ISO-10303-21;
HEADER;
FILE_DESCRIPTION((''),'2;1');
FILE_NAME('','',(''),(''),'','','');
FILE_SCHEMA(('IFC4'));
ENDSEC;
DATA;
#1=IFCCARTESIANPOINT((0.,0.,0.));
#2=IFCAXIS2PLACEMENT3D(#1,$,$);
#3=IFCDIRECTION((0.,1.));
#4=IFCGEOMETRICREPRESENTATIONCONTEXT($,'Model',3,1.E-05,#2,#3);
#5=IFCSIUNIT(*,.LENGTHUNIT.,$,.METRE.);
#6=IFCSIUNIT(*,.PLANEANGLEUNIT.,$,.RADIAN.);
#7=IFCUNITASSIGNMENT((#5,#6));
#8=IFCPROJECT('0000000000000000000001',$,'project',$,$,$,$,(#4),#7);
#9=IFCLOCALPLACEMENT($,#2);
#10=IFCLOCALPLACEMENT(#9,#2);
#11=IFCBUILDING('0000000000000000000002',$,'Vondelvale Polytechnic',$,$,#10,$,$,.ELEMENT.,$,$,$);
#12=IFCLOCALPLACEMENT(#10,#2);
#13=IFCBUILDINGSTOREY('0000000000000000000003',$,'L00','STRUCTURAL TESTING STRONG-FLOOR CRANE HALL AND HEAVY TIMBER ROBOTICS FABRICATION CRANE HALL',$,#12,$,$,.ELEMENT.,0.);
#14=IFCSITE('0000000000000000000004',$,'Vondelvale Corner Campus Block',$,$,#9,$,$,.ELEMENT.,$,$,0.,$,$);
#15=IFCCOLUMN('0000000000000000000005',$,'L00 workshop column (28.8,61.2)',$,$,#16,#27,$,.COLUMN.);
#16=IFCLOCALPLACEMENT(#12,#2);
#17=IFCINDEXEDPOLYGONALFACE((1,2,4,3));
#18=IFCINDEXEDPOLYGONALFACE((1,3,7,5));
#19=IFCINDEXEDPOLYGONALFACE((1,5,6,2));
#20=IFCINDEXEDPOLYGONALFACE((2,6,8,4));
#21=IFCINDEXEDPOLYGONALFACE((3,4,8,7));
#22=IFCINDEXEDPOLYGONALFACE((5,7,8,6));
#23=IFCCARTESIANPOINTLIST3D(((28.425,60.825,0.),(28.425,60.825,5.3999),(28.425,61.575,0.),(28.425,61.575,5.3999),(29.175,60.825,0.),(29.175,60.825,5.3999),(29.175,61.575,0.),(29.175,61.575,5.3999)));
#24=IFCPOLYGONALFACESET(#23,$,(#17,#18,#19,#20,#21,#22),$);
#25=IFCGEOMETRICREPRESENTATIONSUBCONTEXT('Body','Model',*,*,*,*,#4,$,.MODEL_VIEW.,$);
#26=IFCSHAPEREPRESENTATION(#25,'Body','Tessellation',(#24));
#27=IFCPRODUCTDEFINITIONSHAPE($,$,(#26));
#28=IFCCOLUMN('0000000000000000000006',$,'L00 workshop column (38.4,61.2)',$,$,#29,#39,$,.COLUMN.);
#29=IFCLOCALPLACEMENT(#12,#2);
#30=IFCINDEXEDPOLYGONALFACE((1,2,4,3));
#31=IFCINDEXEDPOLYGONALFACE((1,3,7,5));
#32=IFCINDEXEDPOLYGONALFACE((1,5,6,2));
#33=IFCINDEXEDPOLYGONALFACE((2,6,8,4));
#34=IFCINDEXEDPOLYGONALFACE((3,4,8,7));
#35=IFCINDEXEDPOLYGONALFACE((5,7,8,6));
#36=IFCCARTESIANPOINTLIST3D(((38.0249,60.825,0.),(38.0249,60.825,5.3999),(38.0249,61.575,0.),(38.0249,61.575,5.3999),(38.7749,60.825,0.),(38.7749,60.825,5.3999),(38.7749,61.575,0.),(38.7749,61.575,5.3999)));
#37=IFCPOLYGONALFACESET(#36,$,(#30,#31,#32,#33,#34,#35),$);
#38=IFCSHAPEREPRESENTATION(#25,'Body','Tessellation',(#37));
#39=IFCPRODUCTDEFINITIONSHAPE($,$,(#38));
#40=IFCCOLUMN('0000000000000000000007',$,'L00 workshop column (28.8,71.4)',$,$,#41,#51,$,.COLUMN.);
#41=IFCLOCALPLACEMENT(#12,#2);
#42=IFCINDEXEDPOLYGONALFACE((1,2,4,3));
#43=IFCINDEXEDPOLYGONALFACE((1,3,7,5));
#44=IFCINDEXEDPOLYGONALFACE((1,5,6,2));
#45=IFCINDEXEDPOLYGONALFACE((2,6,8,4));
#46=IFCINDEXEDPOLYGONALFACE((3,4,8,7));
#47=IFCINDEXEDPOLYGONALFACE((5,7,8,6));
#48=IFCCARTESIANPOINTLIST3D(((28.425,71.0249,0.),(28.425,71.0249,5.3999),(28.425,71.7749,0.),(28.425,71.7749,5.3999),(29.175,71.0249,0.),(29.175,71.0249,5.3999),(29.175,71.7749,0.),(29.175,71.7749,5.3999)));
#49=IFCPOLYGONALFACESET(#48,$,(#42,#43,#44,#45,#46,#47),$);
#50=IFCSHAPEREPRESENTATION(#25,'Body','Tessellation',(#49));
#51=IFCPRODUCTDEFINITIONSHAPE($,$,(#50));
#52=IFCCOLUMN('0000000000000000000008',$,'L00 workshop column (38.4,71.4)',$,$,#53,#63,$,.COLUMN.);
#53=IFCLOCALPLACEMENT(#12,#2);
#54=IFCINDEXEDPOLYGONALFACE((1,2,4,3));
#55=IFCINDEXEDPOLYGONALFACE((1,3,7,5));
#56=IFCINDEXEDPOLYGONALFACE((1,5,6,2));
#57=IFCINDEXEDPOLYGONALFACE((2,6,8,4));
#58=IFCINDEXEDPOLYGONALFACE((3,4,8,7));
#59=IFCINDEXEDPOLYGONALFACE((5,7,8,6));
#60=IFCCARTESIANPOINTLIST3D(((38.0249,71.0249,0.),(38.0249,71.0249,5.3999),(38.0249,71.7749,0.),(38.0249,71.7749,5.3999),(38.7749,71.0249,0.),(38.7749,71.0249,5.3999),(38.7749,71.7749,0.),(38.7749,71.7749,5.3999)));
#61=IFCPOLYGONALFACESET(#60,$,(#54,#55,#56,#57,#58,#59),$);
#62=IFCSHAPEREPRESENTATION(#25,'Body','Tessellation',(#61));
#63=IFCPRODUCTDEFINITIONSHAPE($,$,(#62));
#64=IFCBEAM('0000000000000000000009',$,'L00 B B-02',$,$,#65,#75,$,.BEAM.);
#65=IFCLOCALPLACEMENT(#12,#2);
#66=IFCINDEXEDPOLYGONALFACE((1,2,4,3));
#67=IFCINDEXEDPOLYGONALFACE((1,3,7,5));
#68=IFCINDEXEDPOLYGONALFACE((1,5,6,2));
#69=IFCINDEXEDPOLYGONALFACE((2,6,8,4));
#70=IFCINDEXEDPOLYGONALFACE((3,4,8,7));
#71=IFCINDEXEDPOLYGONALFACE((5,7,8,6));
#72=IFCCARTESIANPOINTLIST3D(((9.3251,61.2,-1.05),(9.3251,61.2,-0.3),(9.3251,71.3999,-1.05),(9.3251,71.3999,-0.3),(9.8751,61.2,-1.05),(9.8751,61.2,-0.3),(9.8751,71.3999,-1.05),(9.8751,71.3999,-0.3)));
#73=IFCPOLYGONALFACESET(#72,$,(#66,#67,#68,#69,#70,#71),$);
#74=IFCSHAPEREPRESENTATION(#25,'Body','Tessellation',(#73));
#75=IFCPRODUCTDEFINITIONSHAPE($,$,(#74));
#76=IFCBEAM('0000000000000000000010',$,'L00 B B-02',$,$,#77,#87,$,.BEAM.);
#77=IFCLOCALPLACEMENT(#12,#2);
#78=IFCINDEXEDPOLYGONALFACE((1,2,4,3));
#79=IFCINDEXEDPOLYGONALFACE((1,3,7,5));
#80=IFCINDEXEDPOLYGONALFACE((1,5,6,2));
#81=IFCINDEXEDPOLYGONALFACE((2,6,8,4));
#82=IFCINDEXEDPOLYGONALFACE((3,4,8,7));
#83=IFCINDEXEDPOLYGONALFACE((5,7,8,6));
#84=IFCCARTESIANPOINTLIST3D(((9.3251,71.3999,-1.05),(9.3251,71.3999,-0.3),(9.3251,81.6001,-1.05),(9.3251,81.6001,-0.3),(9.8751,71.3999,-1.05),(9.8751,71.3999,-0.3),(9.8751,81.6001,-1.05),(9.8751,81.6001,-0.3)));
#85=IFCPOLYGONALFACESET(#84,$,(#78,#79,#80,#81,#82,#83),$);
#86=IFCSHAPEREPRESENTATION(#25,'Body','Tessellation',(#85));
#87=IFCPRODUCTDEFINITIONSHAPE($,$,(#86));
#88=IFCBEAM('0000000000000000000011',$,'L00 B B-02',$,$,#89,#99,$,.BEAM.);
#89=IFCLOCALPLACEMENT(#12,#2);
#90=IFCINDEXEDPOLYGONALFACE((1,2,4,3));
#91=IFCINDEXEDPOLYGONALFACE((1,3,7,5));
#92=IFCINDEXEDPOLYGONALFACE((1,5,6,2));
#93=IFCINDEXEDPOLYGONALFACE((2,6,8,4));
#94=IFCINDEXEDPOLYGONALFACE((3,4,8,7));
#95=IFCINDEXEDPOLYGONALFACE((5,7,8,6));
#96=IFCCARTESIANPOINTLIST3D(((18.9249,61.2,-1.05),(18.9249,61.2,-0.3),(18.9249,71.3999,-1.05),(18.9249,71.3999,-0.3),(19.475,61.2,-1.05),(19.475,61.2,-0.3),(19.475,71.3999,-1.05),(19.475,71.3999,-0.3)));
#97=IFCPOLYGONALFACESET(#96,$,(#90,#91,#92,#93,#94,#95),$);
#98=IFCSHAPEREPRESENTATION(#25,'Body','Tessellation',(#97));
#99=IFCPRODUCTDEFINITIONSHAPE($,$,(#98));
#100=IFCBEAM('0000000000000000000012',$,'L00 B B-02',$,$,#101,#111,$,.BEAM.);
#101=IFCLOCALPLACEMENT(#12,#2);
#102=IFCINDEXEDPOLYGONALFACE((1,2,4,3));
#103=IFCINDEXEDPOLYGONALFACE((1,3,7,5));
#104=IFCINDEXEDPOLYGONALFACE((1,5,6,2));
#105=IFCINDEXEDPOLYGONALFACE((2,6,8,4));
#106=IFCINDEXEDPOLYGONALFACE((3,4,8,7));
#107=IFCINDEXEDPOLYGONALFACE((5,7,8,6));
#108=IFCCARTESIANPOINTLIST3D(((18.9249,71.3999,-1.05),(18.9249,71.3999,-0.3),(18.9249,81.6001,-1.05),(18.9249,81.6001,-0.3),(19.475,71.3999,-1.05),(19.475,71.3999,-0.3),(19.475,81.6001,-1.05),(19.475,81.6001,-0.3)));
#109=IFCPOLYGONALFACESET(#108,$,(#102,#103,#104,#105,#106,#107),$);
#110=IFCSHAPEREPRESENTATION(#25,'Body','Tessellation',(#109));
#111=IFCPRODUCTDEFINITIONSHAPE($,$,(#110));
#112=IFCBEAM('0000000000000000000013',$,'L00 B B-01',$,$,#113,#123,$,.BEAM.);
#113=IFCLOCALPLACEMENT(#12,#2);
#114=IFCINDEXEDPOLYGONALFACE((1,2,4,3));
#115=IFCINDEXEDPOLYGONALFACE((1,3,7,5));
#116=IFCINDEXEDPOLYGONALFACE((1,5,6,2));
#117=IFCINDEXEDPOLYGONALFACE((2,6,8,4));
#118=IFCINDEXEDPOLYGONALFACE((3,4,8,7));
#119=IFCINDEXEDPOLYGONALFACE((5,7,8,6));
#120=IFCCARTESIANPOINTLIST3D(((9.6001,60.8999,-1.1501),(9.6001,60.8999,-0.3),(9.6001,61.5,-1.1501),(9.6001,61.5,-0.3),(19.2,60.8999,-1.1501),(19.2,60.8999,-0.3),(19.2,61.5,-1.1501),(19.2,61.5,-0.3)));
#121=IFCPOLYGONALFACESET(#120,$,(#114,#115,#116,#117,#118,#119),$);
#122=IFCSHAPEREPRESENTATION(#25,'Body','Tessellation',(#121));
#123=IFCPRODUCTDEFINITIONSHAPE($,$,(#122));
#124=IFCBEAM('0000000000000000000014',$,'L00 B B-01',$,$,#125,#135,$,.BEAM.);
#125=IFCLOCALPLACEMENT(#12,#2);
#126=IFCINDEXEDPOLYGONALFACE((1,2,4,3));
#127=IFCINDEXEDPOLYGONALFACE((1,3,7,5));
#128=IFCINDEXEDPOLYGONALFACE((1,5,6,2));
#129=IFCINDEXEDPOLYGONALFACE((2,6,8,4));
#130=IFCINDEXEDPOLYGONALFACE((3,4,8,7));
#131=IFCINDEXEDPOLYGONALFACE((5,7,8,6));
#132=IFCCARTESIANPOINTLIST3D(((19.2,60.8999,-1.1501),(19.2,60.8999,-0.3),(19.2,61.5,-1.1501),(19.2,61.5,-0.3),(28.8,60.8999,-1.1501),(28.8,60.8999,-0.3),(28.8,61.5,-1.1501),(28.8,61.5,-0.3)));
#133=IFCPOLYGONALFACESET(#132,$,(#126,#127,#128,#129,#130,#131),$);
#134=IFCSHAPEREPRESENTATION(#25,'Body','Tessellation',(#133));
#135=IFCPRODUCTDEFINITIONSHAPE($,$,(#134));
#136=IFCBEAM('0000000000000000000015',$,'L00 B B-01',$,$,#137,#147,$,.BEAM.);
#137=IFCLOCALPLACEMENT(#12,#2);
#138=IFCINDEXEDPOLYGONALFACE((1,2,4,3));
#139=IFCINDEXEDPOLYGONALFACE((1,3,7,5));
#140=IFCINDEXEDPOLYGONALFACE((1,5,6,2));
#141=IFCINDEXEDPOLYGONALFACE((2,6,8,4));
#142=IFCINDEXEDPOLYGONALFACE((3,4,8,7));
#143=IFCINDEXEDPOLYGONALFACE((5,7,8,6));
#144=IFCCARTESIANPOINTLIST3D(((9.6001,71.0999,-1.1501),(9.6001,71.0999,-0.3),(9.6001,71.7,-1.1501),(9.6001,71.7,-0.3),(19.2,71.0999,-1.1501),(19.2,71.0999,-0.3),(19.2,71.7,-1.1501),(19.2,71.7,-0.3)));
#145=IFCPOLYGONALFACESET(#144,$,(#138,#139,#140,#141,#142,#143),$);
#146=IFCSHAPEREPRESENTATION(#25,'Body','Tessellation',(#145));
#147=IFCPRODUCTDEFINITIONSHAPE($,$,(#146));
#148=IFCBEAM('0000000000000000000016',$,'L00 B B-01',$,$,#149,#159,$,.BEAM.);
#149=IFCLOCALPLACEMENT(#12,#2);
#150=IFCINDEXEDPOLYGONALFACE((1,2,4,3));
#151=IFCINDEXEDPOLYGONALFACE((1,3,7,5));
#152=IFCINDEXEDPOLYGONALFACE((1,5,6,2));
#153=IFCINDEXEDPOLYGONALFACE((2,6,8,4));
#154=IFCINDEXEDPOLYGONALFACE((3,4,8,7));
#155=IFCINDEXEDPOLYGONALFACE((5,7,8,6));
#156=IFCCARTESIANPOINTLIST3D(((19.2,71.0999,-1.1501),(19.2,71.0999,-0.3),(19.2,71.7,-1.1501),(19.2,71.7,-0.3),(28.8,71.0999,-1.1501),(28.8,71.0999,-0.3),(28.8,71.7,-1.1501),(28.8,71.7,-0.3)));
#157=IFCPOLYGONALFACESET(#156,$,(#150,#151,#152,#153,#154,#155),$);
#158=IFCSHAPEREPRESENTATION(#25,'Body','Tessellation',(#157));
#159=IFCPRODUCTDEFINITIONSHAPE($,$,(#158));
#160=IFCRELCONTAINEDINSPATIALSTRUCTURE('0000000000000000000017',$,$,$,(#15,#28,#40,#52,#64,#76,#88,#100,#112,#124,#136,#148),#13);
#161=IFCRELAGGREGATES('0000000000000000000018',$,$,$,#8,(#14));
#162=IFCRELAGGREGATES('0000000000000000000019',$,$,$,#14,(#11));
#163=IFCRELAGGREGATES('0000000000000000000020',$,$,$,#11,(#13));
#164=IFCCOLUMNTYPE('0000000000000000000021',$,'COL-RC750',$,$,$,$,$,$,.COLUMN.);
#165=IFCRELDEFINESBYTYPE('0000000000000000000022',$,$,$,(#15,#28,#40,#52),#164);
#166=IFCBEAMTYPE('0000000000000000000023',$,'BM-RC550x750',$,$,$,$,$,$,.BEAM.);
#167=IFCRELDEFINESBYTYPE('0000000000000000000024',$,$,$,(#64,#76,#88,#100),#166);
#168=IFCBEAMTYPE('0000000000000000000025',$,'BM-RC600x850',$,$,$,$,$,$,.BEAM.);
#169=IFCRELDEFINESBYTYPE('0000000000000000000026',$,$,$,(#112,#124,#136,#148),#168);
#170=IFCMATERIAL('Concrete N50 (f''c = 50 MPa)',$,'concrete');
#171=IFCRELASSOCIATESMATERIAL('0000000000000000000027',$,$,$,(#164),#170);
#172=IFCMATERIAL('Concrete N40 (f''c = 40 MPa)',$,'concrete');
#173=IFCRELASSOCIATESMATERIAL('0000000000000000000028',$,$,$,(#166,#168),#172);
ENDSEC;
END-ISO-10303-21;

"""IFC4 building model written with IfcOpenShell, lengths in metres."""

from ifc_helpers import new_model, si_unit, direction, frame, origin, origin_2d, place, context, subcontext, project, spatial, rectangle, extrude, material, material_profile, profile_set, type_object, element, save


model = new_model("IFC4")

# Units and contexts
model_context = context("Model", 3, precision=1e-05, world=origin(), true_north=direction((0.0, 1.0)))
body_context = subcontext(model_context, "Body", "Model", "MODEL_VIEW")
ifc_project = project(units=[si_unit("LENGTHUNIT", "METRE"), si_unit("PLANEANGLEUNIT", "RADIAN")], contexts=[model_context])

# Site, building, storey
site_placement = place(None, origin())
site = spatial("IfcSite", under=ifc_project, at=site_placement, Name="Vondelvale Corner Campus Block", CompositionType="ELEMENT", RefElevation=0.0)
building_placement = place(site_placement, origin())
building = spatial("IfcBuilding", under=site, at=building_placement, Name="Vondelvale Polytechnic", CompositionType="ELEMENT")
storey_placement = place(building_placement, origin())
storey = spatial("IfcBuildingStorey", under=building, at=storey_placement, Name="L00", Description="STRUCTURAL TESTING STRONG-FLOOR CRANE HALL AND HEAVY TIMBER ROBOTICS FABRICATION CRANE HALL", CompositionType="ELEMENT", Elevation=0.0)

# Columns
ifc_material_1 = material(Name="Concrete N50 (f'c = 50 MPa)", Category="concrete")
ifc_material_profile_1 = material_profile(ifc_material_1, rectangle(XDim=0.75, YDim=0.75, at=origin_2d()), Name="RC-COL-750x750")
ifc_profile_set_1 = profile_set([ifc_material_profile_1], Name="Concrete N50 (f'c = 50 MPa)")
column_type = type_object("IfcColumnType", Name="COL-RC750", PredefinedType="COLUMN", material=ifc_profile_set_1)
for number, where, z_axis, x_axis, name in (
    (1, (28.8, 61.2, 0.0), (0.0, 0.0, 1.0), (1.0, 0.0, 0.0), "L00 workshop column (28.8,61.2)"),
    (2, (38.3999, 61.2, 0.0), (0.0, 0.0, 1.0), (1.0, 0.0, 0.0), "L00 workshop column (38.4,61.2)"),
    (3, (28.8, 71.3999, 0.0), (0.0, 0.0, 1.0), (1.0, 0.0, 0.0), "L00 workshop column (28.8,71.4)"),
    (4, (38.3999, 71.3999, 0.0), (0.0, 0.0, 1.0), (1.0, 0.0, 0.0), "L00 workshop column (38.4,71.4)"),
):
    element("IfcColumn", number, at=place(storey_placement, frame(where, z_axis=z_axis, x_axis=x_axis)), inside=storey, type_object=column_type, Name=name, PredefinedType="COLUMN", context=body_context, shape_type="SweptSolid", body=[
        extrude(rectangle(XDim=0.75, YDim=0.75, at=origin_2d()), origin(), (0.0, 0.0, 1.0), 5.3999),
    ])

# Beams
ifc_material_2 = material(Name="Concrete N40 (f'c = 40 MPa)", Category="concrete")
ifc_material_profile_2 = material_profile(ifc_material_2, rectangle(XDim=0.55, YDim=0.75, at=origin_2d()), Name="RC-BM-550x750")
ifc_profile_set_2 = profile_set([ifc_material_profile_2], Name="Concrete N40 (f'c = 40 MPa)")
beam_type_1 = type_object("IfcBeamType", Name="BM-RC550x750", PredefinedType="BEAM", material=ifc_profile_set_2)
beam_1_placement = place(storey_placement, frame((9.6001, 61.2, -0.675), z_axis=(0.0, 1.0, 0.0), x_axis=(-1.0, 0.0, 0.0)))
element("IfcBeam", 5, at=beam_1_placement, inside=storey, type_object=beam_type_1, Name="L00 B B-02", PredefinedType="BEAM", context=body_context, shape_type="SweptSolid", body=[
    extrude(rectangle(XDim=0.55, YDim=0.75, at=origin_2d()), origin(), (0.0, 0.0, 1.0), 10.2),
])
beam_2_placement = place(storey_placement, frame((9.6001, 71.3999, -0.675), z_axis=(0.0, 1.0, 0.0), x_axis=(-1.0, 0.0, 0.0)))
element("IfcBeam", 6, at=beam_2_placement, inside=storey, type_object=beam_type_1, Name="L00 B B-02", PredefinedType="BEAM", context=body_context, shape_type="SweptSolid", body=[
    extrude(rectangle(XDim=0.55, YDim=0.75, at=origin_2d()), origin(), (0.0, 0.0, 1.0), 10.2002),
])
beam_3_placement = place(storey_placement, frame((19.2, 61.2, -0.675), z_axis=(0.0, 1.0, 0.0), x_axis=(-1.0, 0.0, 0.0)))
element("IfcBeam", 7, at=beam_3_placement, inside=storey, type_object=beam_type_1, Name="L00 B B-02", PredefinedType="BEAM", context=body_context, shape_type="SweptSolid", body=[
    extrude(rectangle(XDim=0.55, YDim=0.75, at=origin_2d()), origin(), (0.0, 0.0, 1.0), 10.2),
])
beam_4_placement = place(storey_placement, frame((19.2, 71.3999, -0.675), z_axis=(0.0, 1.0, 0.0), x_axis=(-1.0, 0.0, 0.0)))
element("IfcBeam", 8, at=beam_4_placement, inside=storey, type_object=beam_type_1, Name="L00 B B-02", PredefinedType="BEAM", context=body_context, shape_type="SweptSolid", body=[
    extrude(rectangle(XDim=0.55, YDim=0.75, at=origin_2d()), origin(), (0.0, 0.0, 1.0), 10.2002),
])
ifc_material_profile_3 = material_profile(ifc_material_2, rectangle(XDim=0.6001, YDim=0.8501, at=origin_2d()), Name="RC-BM-600x850")
ifc_profile_set_3 = profile_set([ifc_material_profile_3], Name="Concrete N40 (f'c = 40 MPa)")
beam_type_2 = type_object("IfcBeamType", Name="BM-RC600x850", PredefinedType="BEAM", material=ifc_profile_set_3)
beam_5_placement = place(storey_placement, frame((9.6001, 61.2, -0.7251), z_axis=(1.0, 0.0, 0.0), x_axis=(0.0, 1.0, 0.0)))
element("IfcBeam", 9, at=beam_5_placement, inside=storey, type_object=beam_type_2, Name="L00 B B-01", PredefinedType="BEAM", context=body_context, shape_type="SweptSolid", body=[
    extrude(rectangle(XDim=0.6001, YDim=0.8501, at=origin_2d()), origin(), (0.0, 0.0, 1.0), 9.5999),
])
beam_6_placement = place(storey_placement, frame((19.2, 61.2, -0.7251), z_axis=(1.0, 0.0, 0.0), x_axis=(0.0, 1.0, 0.0)))
element("IfcBeam", 10, at=beam_6_placement, inside=storey, type_object=beam_type_2, Name="L00 B B-01", PredefinedType="BEAM", context=body_context, shape_type="SweptSolid", body=[
    extrude(rectangle(XDim=0.6001, YDim=0.8501, at=origin_2d()), origin(), (0.0, 0.0, 1.0), 9.6001),
])
beam_7_placement = place(storey_placement, frame((9.6001, 71.3999, -0.7251), z_axis=(1.0, 0.0, 0.0), x_axis=(0.0, 1.0, 0.0)))
element("IfcBeam", 11, at=beam_7_placement, inside=storey, type_object=beam_type_2, Name="L00 B B-01", PredefinedType="BEAM", context=body_context, shape_type="SweptSolid", body=[
    extrude(rectangle(XDim=0.6001, YDim=0.8501, at=origin_2d()), origin(), (0.0, 0.0, 1.0), 9.5999),
])
beam_8_placement = place(storey_placement, frame((19.2, 71.3999, -0.7251), z_axis=(1.0, 0.0, 0.0), x_axis=(0.0, 1.0, 0.0)))
element("IfcBeam", 12, at=beam_8_placement, inside=storey, type_object=beam_type_2, Name="L00 B B-01", PredefinedType="BEAM", context=body_context, shape_type="SweptSolid", body=[
    extrude(rectangle(XDim=0.6001, YDim=0.8501, at=origin_2d()), origin(), (0.0, 0.0, 1.0), 9.6001),
])

save(model, "model.ifc")
